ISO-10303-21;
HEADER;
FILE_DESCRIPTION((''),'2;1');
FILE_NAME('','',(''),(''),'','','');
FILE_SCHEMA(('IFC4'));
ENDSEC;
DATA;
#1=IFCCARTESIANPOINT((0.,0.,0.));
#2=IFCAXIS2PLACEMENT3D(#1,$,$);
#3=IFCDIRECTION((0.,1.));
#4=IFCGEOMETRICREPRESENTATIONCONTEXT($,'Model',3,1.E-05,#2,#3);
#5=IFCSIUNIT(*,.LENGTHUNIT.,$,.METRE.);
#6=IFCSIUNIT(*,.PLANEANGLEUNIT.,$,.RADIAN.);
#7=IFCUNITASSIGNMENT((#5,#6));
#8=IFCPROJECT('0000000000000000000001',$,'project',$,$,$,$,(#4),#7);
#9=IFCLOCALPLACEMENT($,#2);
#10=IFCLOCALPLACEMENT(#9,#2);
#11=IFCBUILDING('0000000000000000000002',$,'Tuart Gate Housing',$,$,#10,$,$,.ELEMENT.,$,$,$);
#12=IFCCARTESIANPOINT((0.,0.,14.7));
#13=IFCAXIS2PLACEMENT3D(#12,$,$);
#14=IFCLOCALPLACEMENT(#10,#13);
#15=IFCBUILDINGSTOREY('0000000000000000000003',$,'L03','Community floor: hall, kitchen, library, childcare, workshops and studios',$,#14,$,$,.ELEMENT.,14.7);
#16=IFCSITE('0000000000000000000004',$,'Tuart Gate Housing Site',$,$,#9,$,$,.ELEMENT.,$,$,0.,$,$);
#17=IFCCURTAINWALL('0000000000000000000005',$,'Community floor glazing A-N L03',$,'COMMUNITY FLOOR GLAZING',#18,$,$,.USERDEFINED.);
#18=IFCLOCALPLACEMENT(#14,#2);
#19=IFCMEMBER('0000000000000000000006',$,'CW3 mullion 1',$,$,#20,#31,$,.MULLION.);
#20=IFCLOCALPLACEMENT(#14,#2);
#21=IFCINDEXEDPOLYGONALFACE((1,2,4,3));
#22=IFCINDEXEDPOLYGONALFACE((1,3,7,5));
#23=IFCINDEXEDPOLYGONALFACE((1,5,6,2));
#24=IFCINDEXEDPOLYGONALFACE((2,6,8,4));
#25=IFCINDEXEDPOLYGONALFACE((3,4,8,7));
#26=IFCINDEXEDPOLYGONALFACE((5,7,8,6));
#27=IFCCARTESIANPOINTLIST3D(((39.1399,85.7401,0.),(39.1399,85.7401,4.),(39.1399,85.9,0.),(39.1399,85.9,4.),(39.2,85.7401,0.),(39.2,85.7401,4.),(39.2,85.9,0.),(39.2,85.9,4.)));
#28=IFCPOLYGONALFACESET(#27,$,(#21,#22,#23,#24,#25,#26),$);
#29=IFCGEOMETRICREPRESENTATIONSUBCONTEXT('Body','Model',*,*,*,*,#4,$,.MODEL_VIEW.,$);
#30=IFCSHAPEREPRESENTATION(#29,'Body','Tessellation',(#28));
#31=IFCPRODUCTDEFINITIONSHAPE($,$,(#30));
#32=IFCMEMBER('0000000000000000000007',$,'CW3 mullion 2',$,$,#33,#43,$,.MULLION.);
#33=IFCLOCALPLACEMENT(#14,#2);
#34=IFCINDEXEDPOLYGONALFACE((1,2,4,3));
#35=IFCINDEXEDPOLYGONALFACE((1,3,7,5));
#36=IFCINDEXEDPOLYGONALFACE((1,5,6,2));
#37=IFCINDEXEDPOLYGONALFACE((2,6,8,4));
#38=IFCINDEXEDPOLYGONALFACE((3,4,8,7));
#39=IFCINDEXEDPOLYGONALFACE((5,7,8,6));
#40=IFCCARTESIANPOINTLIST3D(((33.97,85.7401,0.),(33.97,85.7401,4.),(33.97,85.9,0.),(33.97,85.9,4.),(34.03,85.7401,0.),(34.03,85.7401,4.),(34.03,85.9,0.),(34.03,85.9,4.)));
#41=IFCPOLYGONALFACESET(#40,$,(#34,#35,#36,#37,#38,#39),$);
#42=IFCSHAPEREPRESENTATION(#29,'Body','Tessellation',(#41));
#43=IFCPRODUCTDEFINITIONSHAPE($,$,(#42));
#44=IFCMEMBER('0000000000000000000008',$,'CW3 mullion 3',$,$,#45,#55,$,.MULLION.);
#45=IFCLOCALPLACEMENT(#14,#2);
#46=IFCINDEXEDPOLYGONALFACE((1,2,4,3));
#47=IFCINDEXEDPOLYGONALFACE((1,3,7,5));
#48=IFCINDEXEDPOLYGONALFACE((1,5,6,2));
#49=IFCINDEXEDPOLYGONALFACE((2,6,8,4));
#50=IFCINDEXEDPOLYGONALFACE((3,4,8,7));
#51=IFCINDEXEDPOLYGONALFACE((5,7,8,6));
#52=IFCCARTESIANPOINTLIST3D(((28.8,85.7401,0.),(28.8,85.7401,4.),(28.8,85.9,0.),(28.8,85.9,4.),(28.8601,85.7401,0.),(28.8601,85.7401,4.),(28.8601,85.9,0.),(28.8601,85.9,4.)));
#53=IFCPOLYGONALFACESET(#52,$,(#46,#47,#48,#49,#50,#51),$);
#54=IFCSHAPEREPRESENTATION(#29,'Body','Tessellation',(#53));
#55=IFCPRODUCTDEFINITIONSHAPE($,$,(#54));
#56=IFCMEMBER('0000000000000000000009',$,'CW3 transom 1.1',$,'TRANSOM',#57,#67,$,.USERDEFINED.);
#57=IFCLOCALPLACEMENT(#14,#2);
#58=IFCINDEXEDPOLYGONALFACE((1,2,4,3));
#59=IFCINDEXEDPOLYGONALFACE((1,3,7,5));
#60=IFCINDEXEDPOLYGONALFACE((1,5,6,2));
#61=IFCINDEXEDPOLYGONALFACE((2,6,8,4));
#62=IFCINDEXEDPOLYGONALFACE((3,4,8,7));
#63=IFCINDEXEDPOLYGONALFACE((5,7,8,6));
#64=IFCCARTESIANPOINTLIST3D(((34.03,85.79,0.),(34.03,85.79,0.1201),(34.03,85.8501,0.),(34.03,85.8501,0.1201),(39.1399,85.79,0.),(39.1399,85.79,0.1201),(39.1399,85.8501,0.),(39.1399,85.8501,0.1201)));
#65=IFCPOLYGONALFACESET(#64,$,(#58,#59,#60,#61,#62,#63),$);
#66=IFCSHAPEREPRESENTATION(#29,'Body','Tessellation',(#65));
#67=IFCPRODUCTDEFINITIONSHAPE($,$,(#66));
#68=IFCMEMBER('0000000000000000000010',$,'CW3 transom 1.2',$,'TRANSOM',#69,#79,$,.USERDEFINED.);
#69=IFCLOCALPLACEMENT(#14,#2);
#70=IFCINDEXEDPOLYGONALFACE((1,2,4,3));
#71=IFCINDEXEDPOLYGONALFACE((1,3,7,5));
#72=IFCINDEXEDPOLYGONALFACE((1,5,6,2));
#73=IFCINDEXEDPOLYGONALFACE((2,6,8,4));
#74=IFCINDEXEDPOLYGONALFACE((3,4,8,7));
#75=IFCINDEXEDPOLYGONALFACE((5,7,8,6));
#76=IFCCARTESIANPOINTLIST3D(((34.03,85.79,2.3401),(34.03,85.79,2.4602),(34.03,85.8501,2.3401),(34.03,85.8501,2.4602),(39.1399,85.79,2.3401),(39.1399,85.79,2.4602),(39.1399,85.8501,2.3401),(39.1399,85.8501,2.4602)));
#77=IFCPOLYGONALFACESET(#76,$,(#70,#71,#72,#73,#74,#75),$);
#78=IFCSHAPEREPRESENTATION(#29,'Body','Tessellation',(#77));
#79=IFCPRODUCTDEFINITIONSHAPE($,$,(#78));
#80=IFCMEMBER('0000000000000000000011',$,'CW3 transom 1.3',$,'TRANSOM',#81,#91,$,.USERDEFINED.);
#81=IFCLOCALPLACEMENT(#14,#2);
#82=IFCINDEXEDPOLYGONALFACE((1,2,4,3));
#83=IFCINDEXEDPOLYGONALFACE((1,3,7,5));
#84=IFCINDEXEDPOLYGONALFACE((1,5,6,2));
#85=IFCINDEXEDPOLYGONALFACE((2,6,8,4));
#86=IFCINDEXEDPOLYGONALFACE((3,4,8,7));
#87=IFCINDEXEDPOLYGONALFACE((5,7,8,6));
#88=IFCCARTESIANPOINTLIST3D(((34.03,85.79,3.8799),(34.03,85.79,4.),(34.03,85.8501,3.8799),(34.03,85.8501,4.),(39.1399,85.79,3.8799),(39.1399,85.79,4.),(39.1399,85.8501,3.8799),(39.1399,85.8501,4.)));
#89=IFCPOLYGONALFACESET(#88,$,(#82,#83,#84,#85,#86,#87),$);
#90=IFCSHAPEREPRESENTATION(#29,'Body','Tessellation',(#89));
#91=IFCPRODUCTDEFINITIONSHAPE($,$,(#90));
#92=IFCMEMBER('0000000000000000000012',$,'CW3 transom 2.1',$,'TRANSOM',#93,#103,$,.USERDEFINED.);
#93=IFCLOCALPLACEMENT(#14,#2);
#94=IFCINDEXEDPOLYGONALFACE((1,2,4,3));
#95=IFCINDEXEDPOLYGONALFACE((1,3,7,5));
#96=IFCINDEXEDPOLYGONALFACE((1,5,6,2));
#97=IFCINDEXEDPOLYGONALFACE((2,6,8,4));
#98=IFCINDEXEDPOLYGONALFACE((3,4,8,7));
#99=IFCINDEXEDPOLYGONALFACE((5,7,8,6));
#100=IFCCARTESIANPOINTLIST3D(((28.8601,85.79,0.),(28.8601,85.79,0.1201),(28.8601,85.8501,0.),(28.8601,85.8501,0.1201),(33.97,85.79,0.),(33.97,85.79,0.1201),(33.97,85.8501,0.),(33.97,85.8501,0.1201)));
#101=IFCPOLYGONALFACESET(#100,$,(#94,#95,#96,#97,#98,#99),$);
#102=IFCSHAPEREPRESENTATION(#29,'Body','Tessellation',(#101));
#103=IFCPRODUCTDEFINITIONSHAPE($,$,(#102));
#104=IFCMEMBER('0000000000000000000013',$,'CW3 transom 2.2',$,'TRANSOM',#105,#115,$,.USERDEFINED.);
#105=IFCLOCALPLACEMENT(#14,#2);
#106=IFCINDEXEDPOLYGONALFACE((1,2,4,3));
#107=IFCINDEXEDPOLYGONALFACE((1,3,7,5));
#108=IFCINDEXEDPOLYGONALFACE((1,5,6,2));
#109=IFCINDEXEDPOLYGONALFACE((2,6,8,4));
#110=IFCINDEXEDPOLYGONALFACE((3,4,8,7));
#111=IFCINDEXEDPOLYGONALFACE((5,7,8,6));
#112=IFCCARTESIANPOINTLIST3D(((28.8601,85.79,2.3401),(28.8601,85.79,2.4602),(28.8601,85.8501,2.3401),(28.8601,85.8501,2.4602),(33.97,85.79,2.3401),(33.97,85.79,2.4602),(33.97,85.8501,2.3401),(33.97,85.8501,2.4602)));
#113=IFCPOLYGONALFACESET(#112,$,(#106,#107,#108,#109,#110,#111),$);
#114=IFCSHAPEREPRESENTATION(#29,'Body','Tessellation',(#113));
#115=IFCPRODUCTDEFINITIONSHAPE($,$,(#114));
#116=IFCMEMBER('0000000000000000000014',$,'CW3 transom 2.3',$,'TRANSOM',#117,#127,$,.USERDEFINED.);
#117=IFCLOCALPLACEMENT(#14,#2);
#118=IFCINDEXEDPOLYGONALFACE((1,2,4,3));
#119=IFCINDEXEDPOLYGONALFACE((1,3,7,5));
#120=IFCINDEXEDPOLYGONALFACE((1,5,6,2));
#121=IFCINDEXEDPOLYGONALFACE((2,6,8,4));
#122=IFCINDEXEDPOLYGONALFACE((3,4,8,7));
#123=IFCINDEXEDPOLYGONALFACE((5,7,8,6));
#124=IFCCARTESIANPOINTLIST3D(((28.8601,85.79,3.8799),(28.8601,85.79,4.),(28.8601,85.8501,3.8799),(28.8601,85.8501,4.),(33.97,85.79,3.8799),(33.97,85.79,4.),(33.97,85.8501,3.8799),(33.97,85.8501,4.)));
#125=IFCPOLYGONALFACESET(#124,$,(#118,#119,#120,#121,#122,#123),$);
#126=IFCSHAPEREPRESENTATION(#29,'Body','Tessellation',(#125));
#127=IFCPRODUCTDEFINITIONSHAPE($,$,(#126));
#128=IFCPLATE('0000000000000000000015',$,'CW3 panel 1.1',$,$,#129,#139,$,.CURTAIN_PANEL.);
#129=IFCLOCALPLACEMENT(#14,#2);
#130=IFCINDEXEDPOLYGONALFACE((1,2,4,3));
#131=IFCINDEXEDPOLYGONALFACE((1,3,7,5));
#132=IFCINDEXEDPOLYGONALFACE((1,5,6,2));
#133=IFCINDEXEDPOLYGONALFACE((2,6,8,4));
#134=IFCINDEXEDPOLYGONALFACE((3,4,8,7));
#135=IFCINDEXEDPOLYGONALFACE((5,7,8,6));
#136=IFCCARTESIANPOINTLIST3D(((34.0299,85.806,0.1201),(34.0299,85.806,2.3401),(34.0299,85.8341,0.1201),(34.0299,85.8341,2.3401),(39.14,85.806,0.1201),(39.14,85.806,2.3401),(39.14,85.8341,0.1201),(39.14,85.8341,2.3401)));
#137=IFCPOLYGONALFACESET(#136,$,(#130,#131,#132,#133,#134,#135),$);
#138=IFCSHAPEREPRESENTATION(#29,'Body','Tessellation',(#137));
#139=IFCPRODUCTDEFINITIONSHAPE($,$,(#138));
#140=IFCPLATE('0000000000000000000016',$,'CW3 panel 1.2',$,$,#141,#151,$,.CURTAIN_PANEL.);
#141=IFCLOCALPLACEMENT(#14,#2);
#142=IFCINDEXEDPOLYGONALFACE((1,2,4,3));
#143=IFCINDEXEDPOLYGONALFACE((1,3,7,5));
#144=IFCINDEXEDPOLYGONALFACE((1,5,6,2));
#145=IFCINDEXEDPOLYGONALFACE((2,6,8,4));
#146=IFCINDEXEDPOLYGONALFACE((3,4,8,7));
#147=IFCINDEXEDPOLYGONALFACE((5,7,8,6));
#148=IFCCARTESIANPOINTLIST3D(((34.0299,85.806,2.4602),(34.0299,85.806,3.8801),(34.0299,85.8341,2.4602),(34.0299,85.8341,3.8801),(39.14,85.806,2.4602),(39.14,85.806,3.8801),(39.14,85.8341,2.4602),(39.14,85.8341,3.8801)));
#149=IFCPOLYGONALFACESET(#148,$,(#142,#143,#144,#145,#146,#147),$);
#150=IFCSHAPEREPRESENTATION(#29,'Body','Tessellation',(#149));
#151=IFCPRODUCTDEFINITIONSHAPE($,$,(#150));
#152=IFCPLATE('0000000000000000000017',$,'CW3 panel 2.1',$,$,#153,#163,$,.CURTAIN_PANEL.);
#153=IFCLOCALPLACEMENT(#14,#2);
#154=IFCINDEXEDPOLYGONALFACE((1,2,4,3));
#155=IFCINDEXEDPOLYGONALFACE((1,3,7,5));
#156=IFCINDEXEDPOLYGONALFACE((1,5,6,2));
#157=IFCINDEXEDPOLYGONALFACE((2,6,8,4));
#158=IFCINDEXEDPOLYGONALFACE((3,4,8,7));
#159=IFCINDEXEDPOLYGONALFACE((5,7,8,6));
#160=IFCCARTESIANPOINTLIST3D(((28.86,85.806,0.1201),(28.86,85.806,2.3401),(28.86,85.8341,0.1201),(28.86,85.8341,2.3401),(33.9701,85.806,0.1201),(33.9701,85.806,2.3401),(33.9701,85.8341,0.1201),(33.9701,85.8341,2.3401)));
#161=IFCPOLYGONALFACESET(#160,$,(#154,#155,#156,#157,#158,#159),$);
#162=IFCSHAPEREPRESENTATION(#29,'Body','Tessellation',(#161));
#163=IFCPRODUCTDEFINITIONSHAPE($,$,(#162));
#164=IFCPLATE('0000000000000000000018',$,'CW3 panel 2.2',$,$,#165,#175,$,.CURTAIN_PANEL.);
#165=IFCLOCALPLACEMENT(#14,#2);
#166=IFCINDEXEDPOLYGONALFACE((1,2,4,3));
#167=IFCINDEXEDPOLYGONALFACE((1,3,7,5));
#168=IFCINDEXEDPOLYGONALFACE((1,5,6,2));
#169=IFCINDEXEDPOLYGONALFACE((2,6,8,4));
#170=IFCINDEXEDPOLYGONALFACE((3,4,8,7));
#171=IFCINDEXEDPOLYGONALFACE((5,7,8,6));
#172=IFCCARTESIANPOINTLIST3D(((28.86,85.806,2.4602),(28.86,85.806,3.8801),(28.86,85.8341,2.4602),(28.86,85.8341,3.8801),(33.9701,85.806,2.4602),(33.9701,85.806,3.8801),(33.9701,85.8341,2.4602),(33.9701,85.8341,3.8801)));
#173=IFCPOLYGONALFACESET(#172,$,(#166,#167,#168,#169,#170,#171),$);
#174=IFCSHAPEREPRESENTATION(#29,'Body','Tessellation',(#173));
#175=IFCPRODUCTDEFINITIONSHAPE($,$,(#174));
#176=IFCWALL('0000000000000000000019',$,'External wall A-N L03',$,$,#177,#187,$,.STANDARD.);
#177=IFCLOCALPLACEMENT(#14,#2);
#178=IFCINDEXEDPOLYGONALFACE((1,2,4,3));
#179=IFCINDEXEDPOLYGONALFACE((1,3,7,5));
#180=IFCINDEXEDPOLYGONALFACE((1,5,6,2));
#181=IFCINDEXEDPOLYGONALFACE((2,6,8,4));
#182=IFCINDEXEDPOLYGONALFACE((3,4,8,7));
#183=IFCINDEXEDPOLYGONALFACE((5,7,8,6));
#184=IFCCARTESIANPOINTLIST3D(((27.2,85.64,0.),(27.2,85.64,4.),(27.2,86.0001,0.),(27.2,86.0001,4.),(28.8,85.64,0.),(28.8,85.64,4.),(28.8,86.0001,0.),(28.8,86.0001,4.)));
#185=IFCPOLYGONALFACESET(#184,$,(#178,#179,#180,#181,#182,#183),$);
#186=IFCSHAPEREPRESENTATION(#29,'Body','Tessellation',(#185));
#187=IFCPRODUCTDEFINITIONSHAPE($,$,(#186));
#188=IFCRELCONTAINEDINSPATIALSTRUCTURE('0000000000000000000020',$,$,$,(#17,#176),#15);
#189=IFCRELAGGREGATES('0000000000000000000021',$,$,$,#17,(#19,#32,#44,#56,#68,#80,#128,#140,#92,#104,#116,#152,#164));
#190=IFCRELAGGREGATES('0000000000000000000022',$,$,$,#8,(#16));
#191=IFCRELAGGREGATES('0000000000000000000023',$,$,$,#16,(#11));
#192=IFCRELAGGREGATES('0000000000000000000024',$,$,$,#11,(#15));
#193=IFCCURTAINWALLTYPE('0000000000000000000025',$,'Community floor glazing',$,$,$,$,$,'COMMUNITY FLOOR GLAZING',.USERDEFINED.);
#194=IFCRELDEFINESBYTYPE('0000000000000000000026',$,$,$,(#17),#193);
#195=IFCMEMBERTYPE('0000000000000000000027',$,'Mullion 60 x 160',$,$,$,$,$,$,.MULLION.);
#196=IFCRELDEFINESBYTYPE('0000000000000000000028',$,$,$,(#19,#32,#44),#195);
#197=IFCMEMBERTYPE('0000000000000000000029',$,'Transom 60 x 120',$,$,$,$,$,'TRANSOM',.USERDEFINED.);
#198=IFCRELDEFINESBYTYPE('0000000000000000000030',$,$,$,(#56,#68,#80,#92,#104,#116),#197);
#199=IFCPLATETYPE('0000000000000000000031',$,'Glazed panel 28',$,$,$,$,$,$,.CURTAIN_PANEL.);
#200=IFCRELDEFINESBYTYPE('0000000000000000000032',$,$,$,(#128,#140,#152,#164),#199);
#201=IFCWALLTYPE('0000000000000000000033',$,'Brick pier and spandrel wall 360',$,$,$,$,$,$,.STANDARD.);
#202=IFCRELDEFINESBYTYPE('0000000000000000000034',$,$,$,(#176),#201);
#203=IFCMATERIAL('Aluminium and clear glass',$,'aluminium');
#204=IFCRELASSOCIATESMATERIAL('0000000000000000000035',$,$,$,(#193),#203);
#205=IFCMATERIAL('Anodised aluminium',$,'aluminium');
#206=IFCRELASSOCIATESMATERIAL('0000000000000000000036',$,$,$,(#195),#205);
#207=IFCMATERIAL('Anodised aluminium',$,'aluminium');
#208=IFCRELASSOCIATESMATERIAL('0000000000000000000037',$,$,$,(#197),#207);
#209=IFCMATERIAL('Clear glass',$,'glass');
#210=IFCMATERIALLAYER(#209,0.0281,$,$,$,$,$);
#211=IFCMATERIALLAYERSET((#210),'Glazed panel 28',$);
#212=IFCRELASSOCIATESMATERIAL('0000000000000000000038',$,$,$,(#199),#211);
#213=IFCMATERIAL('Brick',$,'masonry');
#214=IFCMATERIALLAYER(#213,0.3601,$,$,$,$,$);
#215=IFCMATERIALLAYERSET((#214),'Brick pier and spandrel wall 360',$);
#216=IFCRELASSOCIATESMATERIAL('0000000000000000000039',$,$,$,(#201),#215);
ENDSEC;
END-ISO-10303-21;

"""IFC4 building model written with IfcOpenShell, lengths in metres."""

from ifc_helpers import new_model, si_unit, direction, frame, frame_2d, origin, origin_2d, place, context, subcontext, project, spatial, rectangle, extrude, material, layer, layer_set, material_profile, profile_set, type_object, element, aggregate, save


model = new_model("IFC4")

# Units and contexts
model_context = context("Model", 3, precision=1e-05, world=origin(), true_north=direction((0.0, 1.0)))
body_context = subcontext(model_context, "Body", "Model", "MODEL_VIEW")
ifc_project = project(units=[si_unit("LENGTHUNIT", "METRE"), si_unit("PLANEANGLEUNIT", "RADIAN")], contexts=[model_context])

# Site, building, storey
site_placement = place(None, origin())
site = spatial("IfcSite", under=ifc_project, at=site_placement, Name="Tuart Gate Housing Site", CompositionType="ELEMENT", RefElevation=0.0)
building_placement = place(site_placement, origin())
building = spatial("IfcBuilding", under=site, at=building_placement, Name="Tuart Gate Housing", CompositionType="ELEMENT")
storey_placement = place(building_placement, frame((0.0, 0.0, 14.7)))
storey = spatial("IfcBuildingStorey", under=building, at=storey_placement, Name="L03", Description="Community floor: hall, kitchen, library, childcare, workshops and studios", CompositionType="ELEMENT", Elevation=14.7)

# Curtain wall, members, plates
ifc_material_1 = material(Name="Aluminium and clear glass", Category="aluminium")
curtain_wall_type = type_object("IfcCurtainWallType", Name="Community floor glazing", ElementType="COMMUNITY FLOOR GLAZING", PredefinedType="USERDEFINED", material=ifc_material_1)
curtain_wall_placement = place(storey_placement, origin())
curtain_wall = element("IfcCurtainWall", 1, at=curtain_wall_placement, inside=storey, type_object=curtain_wall_type, Name="Community floor glazing A-N L03", ObjectType="COMMUNITY FLOOR GLAZING", PredefinedType="USERDEFINED")
ifc_material_2 = material(Name="Anodised aluminium", Category="aluminium")
ifc_material_profile_1 = material_profile(ifc_material_2, rectangle(XDim=0.0601, YDim=0.1599, at=origin_2d()), Name="60x160")
ifc_profile_set_1 = profile_set([ifc_material_profile_1], Name="Anodised aluminium")
member_type_1 = type_object("IfcMemberType", Name="Mullion 60 x 160", PredefinedType="MULLION", material=ifc_profile_set_1)
member_1_placement = place(storey_placement, frame((39.1699, 85.8201, 0.0), z_axis=(0.0, 0.0, 1.0), x_axis=(-1.0, 0.0, 0.0)))
member_1 = element("IfcMember", 2, at=member_1_placement, type_object=member_type_1, Name="CW3 mullion 1", PredefinedType="MULLION", context=body_context, shape_type="SweptSolid", body=[
    extrude(rectangle(XDim=0.0601, YDim=0.1599, at=origin_2d()), origin(), (0.0, 0.0, 1.0), 4.0),
])
member_2_placement = place(storey_placement, frame((34.0, 85.8201, 0.0), z_axis=(0.0, 0.0, 1.0), x_axis=(-1.0, 0.0, 0.0)))
member_2 = element("IfcMember", 3, at=member_2_placement, type_object=member_type_1, Name="CW3 mullion 2", PredefinedType="MULLION", context=body_context, shape_type="SweptSolid", body=[
    extrude(rectangle(XDim=0.0601, YDim=0.1599, at=origin_2d()), origin(), (0.0, 0.0, 1.0), 4.0),
])
member_3_placement = place(storey_placement, frame((28.8301, 85.8201, 0.0), z_axis=(0.0, 0.0, 1.0), x_axis=(-1.0, 0.0, 0.0)))
member_3 = element("IfcMember", 4, at=member_3_placement, type_object=member_type_1, Name="CW3 mullion 3", PredefinedType="MULLION", context=body_context, shape_type="SweptSolid", body=[
    extrude(rectangle(XDim=0.0601, YDim=0.1599, at=origin_2d()), origin(), (0.0, 0.0, 1.0), 4.0),
])
ifc_material_3 = material(Name="Anodised aluminium", Category="aluminium")
ifc_material_profile_2 = material_profile(ifc_material_3, rectangle(XDim=0.0601, YDim=0.1201, at=origin_2d()), Name="60x120")
ifc_profile_set_2 = profile_set([ifc_material_profile_2], Name="Anodised aluminium")
member_type_2 = type_object("IfcMemberType", Name="Transom 60 x 120", ElementType="TRANSOM", PredefinedType="USERDEFINED", material=ifc_profile_set_2)
member_4_placement = place(storey_placement, frame((39.1399, 85.8201, 0.0601), z_axis=(-1.0, 0.0, 0.0), x_axis=(0.0, -1.0, 0.0)))
member_4 = element("IfcMember", 5, at=member_4_placement, type_object=member_type_2, Name="CW3 transom 1.1", ObjectType="TRANSOM", PredefinedType="USERDEFINED", context=body_context, shape_type="SweptSolid", body=[
    extrude(rectangle(XDim=0.0601, YDim=0.1201, at=origin_2d()), origin(), (0.0, 0.0, 1.0), 5.1099),
])
member_5_placement = place(storey_placement, frame((39.1399, 85.8201, 2.4001), z_axis=(-1.0, 0.0, 0.0), x_axis=(0.0, -1.0, 0.0)))
member_5 = element("IfcMember", 6, at=member_5_placement, type_object=member_type_2, Name="CW3 transom 1.2", ObjectType="TRANSOM", PredefinedType="USERDEFINED", context=body_context, shape_type="SweptSolid", body=[
    extrude(rectangle(XDim=0.0601, YDim=0.1201, at=origin_2d()), origin(), (0.0, 0.0, 1.0), 5.1099),
])
member_6_placement = place(storey_placement, frame((39.1399, 85.8201, 3.9399), z_axis=(-1.0, 0.0, 0.0), x_axis=(0.0, -1.0, 0.0)))
member_6 = element("IfcMember", 7, at=member_6_placement, type_object=member_type_2, Name="CW3 transom 1.3", ObjectType="TRANSOM", PredefinedType="USERDEFINED", context=body_context, shape_type="SweptSolid", body=[
    extrude(rectangle(XDim=0.0601, YDim=0.1201, at=origin_2d()), origin(), (0.0, 0.0, 1.0), 5.1099),
])
member_7_placement = place(storey_placement, frame((33.97, 85.8201, 0.0601), z_axis=(-1.0, 0.0, 0.0), x_axis=(0.0, -1.0, 0.0)))
member_7 = element("IfcMember", 8, at=member_7_placement, type_object=member_type_2, Name="CW3 transom 2.1", ObjectType="TRANSOM", PredefinedType="USERDEFINED", context=body_context, shape_type="SweptSolid", body=[
    extrude(rectangle(XDim=0.0601, YDim=0.1201, at=origin_2d()), origin(), (0.0, 0.0, 1.0), 5.1099),
])
member_8_placement = place(storey_placement, frame((33.97, 85.8201, 2.4001), z_axis=(-1.0, 0.0, 0.0), x_axis=(0.0, -1.0, 0.0)))
member_8 = element("IfcMember", 9, at=member_8_placement, type_object=member_type_2, Name="CW3 transom 2.2", ObjectType="TRANSOM", PredefinedType="USERDEFINED", context=body_context, shape_type="SweptSolid", body=[
    extrude(rectangle(XDim=0.0601, YDim=0.1201, at=origin_2d()), origin(), (0.0, 0.0, 1.0), 5.1099),
])
member_9_placement = place(storey_placement, frame((33.97, 85.8201, 3.9399), z_axis=(-1.0, 0.0, 0.0), x_axis=(0.0, -1.0, 0.0)))
member_9 = element("IfcMember", 10, at=member_9_placement, type_object=member_type_2, Name="CW3 transom 2.3", ObjectType="TRANSOM", PredefinedType="USERDEFINED", context=body_context, shape_type="SweptSolid", body=[
    extrude(rectangle(XDim=0.0601, YDim=0.1201, at=origin_2d()), origin(), (0.0, 0.0, 1.0), 5.1099),
])
ifc_material_4 = material(Name="Clear glass", Category="glass")
ifc_layer_1 = layer(ifc_material_4, 0.0281)
ifc_layer_set_1 = layer_set([ifc_layer_1], Name="Glazed panel 28")
plate_type = type_object("IfcPlateType", Name="Glazed panel 28", PredefinedType="CURTAIN_PANEL", material=ifc_layer_set_1)
plate_1_placement = place(storey_placement, frame((36.585, 85.8201, 0.1201), z_axis=(0.0, 0.0, 1.0), x_axis=(-1.0, 0.0, 0.0)))
plate_1 = element("IfcPlate", 11, at=plate_1_placement, type_object=plate_type, Name="CW3 panel 1.1", PredefinedType="CURTAIN_PANEL", context=body_context, shape_type="SweptSolid", body=[
    extrude(rectangle(XDim=5.1101, YDim=0.0281, at=origin_2d()), origin(), (0.0, 0.0, 1.0), 2.22),
])
plate_2_placement = place(storey_placement, frame((36.585, 85.8201, 2.4602), z_axis=(0.0, 0.0, 1.0), x_axis=(-1.0, 0.0, 0.0)))
plate_2 = element("IfcPlate", 12, at=plate_2_placement, type_object=plate_type, Name="CW3 panel 1.2", PredefinedType="CURTAIN_PANEL", context=body_context, shape_type="SweptSolid", body=[
    extrude(rectangle(XDim=5.1101, YDim=0.0281, at=origin_2d()), origin(), (0.0, 0.0, 1.0), 1.4199),
])
plate_3_placement = place(storey_placement, frame((31.415, 85.8201, 0.1201), z_axis=(0.0, 0.0, 1.0), x_axis=(-1.0, 0.0, 0.0)))
plate_3 = element("IfcPlate", 13, at=plate_3_placement, type_object=plate_type, Name="CW3 panel 2.1", PredefinedType="CURTAIN_PANEL", context=body_context, shape_type="SweptSolid", body=[
    extrude(rectangle(XDim=5.1101, YDim=0.0281, at=origin_2d()), origin(), (0.0, 0.0, 1.0), 2.22),
])
plate_4_placement = place(storey_placement, frame((31.415, 85.8201, 2.4602), z_axis=(0.0, 0.0, 1.0), x_axis=(-1.0, 0.0, 0.0)))
plate_4 = element("IfcPlate", 14, at=plate_4_placement, type_object=plate_type, Name="CW3 panel 2.2", PredefinedType="CURTAIN_PANEL", context=body_context, shape_type="SweptSolid", body=[
    extrude(rectangle(XDim=5.1101, YDim=0.0281, at=origin_2d()), origin(), (0.0, 0.0, 1.0), 1.4199),
])
aggregate(curtain_wall, [member_1, member_2, member_3, member_4, member_5, member_6, plate_1, plate_2, member_7, member_8, member_9, plate_3, plate_4])

# Wall
ifc_material_5 = material(Name="Brick", Category="masonry")
ifc_layer_2 = layer(ifc_material_5, 0.3601)
ifc_layer_set_2 = layer_set([ifc_layer_2], Name="Brick pier and spandrel wall 360")
wall_type = type_object("IfcWallType", Name="Brick pier and spandrel wall 360", PredefinedType="STANDARD", material=ifc_layer_set_2)
wall_placement = place(storey_placement, frame((28.8, 85.8201, 0.0), z_axis=(0.0, 0.0, 1.0), x_axis=(-1.0, 0.0, 0.0)))
element("IfcWall", 15, at=wall_placement, inside=storey, type_object=wall_type, Name="External wall A-N L03", PredefinedType="STANDARD", context=body_context, shape_type="SweptSolid", body=[
    extrude(rectangle(XDim=1.6001, YDim=0.3601, at=frame_2d((0.8, 0.0))), origin(), (0.0, 0.0, 1.0), 4.0),
])

save(model, "model.ifc")
